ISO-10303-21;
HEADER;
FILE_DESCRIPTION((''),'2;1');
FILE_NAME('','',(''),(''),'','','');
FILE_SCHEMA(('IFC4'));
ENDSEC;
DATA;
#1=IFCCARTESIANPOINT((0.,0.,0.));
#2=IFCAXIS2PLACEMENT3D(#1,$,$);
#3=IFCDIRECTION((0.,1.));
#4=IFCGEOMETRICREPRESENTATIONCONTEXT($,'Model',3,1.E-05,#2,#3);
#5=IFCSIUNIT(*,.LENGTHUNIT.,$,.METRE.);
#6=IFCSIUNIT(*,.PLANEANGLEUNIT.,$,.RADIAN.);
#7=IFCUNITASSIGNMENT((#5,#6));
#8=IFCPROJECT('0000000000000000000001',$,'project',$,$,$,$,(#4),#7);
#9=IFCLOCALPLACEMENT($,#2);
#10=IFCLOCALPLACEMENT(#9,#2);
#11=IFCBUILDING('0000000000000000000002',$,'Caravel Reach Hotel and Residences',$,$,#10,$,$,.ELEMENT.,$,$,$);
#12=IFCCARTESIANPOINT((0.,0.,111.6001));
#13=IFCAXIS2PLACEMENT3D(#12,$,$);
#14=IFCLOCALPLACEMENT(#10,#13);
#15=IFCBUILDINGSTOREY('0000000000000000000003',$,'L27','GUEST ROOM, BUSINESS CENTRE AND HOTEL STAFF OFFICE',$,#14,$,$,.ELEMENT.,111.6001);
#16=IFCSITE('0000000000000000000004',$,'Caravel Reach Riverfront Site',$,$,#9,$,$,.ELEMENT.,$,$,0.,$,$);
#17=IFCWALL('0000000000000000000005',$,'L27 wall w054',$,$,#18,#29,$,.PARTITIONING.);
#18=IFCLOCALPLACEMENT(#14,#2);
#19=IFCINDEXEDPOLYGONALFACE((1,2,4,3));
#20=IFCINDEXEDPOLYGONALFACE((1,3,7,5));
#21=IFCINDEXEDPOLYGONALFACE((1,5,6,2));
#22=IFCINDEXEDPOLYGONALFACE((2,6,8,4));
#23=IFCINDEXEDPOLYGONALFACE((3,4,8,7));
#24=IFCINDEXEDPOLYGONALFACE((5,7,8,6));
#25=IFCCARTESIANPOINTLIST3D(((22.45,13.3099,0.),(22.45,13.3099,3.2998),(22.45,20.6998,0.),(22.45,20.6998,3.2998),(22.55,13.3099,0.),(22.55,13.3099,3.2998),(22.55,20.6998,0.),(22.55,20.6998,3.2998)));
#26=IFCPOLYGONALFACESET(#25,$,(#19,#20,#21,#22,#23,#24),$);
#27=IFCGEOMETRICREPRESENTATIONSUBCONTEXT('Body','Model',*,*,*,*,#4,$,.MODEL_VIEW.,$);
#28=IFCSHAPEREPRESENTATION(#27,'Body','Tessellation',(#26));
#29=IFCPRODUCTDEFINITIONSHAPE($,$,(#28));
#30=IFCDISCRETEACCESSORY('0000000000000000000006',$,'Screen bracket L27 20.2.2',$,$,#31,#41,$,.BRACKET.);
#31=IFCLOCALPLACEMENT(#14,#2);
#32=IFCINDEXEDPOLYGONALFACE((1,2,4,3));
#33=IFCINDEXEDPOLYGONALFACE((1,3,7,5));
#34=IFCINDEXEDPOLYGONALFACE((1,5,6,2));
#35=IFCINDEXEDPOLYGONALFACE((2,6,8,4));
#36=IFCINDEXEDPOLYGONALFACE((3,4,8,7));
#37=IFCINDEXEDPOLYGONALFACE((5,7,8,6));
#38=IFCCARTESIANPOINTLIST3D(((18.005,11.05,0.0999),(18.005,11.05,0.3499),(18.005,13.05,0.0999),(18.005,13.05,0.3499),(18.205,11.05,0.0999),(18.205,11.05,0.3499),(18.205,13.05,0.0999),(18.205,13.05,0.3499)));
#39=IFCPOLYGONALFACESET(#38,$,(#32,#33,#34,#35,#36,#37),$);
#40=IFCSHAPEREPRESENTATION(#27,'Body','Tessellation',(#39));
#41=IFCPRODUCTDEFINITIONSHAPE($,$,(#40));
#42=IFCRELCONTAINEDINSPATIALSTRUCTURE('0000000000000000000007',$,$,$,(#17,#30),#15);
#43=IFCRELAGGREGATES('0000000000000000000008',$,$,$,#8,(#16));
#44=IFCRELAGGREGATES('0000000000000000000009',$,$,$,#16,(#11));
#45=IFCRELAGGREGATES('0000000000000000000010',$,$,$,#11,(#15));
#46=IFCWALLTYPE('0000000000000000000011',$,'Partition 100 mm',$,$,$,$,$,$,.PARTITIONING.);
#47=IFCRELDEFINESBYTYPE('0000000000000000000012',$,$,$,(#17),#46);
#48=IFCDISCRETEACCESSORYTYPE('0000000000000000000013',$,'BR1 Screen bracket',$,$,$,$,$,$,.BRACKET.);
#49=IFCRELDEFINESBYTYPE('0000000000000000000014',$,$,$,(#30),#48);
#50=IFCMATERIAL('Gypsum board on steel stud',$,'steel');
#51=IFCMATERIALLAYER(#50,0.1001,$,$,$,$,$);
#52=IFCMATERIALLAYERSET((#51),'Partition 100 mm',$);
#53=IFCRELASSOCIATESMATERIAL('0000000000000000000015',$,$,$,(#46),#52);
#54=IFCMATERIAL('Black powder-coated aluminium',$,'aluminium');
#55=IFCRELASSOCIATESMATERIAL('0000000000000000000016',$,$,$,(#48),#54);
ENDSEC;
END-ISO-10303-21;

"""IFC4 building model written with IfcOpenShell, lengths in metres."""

from ifc_helpers import new_model, si_unit, direction, frame, frame_2d, origin, origin_2d, place, context, subcontext, project, spatial, rectangle, extrude, material, layer, layer_set, type_object, element, save


model = new_model("IFC4")

# Units and contexts
model_context = context("Model", 3, precision=1e-05, world=origin(), true_north=direction((0.0, 1.0)))
body_context = subcontext(model_context, "Body", "Model", "MODEL_VIEW")
ifc_project = project(units=[si_unit("LENGTHUNIT", "METRE"), si_unit("PLANEANGLEUNIT", "RADIAN")], contexts=[model_context])

# Site, building, storey
site_placement = place(None, origin())
site = spatial("IfcSite", under=ifc_project, at=site_placement, Name="Caravel Reach Riverfront Site", CompositionType="ELEMENT", RefElevation=0.0)
building_placement = place(site_placement, origin())
building = spatial("IfcBuilding", under=site, at=building_placement, Name="Caravel Reach Hotel and Residences", CompositionType="ELEMENT")
storey_placement = place(building_placement, frame((0.0, 0.0, 111.6001)))
storey = spatial("IfcBuildingStorey", under=building, at=storey_placement, Name="L27", Description="GUEST ROOM, BUSINESS CENTRE AND HOTEL STAFF OFFICE", CompositionType="ELEMENT", Elevation=111.6001)

# Wall
ifc_material_1 = material(Name="Gypsum board on steel stud", Category="steel")
ifc_layer_1 = layer(ifc_material_1, 0.1001)
ifc_layer_set_1 = layer_set([ifc_layer_1], Name="Partition 100 mm")
wall_type_1 = type_object("IfcWallType", Name="Partition 100 mm", PredefinedType="PARTITIONING", material=ifc_layer_set_1)
wall_1_placement = place(storey_placement, frame((22.5, 13.3101, 0.0), z_axis=(0.0, 0.0, 1.0), x_axis=(0.0, 1.0, 0.0)))
element("IfcWall", 1, at=wall_1_placement, inside=storey, type_object=wall_type_1, Name="L27 wall w054", PredefinedType="PARTITIONING", context=body_context, shape_type="SweptSolid", body=[
    extrude(rectangle(XDim=7.3899, YDim=0.1001, at=frame_2d((3.6948, 0.0))), origin(), (0.0, 0.0, 1.0), 3.2998),
])

# Discrete accessory
ifc_material_2 = material(Name="Black powder-coated aluminium", Category="aluminium")
discrete_accessory_type = type_object("IfcDiscreteAccessoryType", Name="BR1 Screen bracket", PredefinedType="BRACKET", material=ifc_material_2)
discrete_accessory_placement = place(storey_placement, frame((18.105, 12.05, 0.0999), z_axis=(0.0, 0.0, 1.0), x_axis=(0.0, -1.0, 0.0)))
element("IfcDiscreteAccessory", 2, at=discrete_accessory_placement, inside=storey, type_object=discrete_accessory_type, Name="Screen bracket L27 20.2.2", PredefinedType="BRACKET", context=body_context, shape_type="SweptSolid", body=[
    extrude(rectangle(XDim=2.0, YDim=0.2, at=origin_2d()), origin(), (0.0, 0.0, 1.0), 0.25),
])

save(model, "model.ifc")
